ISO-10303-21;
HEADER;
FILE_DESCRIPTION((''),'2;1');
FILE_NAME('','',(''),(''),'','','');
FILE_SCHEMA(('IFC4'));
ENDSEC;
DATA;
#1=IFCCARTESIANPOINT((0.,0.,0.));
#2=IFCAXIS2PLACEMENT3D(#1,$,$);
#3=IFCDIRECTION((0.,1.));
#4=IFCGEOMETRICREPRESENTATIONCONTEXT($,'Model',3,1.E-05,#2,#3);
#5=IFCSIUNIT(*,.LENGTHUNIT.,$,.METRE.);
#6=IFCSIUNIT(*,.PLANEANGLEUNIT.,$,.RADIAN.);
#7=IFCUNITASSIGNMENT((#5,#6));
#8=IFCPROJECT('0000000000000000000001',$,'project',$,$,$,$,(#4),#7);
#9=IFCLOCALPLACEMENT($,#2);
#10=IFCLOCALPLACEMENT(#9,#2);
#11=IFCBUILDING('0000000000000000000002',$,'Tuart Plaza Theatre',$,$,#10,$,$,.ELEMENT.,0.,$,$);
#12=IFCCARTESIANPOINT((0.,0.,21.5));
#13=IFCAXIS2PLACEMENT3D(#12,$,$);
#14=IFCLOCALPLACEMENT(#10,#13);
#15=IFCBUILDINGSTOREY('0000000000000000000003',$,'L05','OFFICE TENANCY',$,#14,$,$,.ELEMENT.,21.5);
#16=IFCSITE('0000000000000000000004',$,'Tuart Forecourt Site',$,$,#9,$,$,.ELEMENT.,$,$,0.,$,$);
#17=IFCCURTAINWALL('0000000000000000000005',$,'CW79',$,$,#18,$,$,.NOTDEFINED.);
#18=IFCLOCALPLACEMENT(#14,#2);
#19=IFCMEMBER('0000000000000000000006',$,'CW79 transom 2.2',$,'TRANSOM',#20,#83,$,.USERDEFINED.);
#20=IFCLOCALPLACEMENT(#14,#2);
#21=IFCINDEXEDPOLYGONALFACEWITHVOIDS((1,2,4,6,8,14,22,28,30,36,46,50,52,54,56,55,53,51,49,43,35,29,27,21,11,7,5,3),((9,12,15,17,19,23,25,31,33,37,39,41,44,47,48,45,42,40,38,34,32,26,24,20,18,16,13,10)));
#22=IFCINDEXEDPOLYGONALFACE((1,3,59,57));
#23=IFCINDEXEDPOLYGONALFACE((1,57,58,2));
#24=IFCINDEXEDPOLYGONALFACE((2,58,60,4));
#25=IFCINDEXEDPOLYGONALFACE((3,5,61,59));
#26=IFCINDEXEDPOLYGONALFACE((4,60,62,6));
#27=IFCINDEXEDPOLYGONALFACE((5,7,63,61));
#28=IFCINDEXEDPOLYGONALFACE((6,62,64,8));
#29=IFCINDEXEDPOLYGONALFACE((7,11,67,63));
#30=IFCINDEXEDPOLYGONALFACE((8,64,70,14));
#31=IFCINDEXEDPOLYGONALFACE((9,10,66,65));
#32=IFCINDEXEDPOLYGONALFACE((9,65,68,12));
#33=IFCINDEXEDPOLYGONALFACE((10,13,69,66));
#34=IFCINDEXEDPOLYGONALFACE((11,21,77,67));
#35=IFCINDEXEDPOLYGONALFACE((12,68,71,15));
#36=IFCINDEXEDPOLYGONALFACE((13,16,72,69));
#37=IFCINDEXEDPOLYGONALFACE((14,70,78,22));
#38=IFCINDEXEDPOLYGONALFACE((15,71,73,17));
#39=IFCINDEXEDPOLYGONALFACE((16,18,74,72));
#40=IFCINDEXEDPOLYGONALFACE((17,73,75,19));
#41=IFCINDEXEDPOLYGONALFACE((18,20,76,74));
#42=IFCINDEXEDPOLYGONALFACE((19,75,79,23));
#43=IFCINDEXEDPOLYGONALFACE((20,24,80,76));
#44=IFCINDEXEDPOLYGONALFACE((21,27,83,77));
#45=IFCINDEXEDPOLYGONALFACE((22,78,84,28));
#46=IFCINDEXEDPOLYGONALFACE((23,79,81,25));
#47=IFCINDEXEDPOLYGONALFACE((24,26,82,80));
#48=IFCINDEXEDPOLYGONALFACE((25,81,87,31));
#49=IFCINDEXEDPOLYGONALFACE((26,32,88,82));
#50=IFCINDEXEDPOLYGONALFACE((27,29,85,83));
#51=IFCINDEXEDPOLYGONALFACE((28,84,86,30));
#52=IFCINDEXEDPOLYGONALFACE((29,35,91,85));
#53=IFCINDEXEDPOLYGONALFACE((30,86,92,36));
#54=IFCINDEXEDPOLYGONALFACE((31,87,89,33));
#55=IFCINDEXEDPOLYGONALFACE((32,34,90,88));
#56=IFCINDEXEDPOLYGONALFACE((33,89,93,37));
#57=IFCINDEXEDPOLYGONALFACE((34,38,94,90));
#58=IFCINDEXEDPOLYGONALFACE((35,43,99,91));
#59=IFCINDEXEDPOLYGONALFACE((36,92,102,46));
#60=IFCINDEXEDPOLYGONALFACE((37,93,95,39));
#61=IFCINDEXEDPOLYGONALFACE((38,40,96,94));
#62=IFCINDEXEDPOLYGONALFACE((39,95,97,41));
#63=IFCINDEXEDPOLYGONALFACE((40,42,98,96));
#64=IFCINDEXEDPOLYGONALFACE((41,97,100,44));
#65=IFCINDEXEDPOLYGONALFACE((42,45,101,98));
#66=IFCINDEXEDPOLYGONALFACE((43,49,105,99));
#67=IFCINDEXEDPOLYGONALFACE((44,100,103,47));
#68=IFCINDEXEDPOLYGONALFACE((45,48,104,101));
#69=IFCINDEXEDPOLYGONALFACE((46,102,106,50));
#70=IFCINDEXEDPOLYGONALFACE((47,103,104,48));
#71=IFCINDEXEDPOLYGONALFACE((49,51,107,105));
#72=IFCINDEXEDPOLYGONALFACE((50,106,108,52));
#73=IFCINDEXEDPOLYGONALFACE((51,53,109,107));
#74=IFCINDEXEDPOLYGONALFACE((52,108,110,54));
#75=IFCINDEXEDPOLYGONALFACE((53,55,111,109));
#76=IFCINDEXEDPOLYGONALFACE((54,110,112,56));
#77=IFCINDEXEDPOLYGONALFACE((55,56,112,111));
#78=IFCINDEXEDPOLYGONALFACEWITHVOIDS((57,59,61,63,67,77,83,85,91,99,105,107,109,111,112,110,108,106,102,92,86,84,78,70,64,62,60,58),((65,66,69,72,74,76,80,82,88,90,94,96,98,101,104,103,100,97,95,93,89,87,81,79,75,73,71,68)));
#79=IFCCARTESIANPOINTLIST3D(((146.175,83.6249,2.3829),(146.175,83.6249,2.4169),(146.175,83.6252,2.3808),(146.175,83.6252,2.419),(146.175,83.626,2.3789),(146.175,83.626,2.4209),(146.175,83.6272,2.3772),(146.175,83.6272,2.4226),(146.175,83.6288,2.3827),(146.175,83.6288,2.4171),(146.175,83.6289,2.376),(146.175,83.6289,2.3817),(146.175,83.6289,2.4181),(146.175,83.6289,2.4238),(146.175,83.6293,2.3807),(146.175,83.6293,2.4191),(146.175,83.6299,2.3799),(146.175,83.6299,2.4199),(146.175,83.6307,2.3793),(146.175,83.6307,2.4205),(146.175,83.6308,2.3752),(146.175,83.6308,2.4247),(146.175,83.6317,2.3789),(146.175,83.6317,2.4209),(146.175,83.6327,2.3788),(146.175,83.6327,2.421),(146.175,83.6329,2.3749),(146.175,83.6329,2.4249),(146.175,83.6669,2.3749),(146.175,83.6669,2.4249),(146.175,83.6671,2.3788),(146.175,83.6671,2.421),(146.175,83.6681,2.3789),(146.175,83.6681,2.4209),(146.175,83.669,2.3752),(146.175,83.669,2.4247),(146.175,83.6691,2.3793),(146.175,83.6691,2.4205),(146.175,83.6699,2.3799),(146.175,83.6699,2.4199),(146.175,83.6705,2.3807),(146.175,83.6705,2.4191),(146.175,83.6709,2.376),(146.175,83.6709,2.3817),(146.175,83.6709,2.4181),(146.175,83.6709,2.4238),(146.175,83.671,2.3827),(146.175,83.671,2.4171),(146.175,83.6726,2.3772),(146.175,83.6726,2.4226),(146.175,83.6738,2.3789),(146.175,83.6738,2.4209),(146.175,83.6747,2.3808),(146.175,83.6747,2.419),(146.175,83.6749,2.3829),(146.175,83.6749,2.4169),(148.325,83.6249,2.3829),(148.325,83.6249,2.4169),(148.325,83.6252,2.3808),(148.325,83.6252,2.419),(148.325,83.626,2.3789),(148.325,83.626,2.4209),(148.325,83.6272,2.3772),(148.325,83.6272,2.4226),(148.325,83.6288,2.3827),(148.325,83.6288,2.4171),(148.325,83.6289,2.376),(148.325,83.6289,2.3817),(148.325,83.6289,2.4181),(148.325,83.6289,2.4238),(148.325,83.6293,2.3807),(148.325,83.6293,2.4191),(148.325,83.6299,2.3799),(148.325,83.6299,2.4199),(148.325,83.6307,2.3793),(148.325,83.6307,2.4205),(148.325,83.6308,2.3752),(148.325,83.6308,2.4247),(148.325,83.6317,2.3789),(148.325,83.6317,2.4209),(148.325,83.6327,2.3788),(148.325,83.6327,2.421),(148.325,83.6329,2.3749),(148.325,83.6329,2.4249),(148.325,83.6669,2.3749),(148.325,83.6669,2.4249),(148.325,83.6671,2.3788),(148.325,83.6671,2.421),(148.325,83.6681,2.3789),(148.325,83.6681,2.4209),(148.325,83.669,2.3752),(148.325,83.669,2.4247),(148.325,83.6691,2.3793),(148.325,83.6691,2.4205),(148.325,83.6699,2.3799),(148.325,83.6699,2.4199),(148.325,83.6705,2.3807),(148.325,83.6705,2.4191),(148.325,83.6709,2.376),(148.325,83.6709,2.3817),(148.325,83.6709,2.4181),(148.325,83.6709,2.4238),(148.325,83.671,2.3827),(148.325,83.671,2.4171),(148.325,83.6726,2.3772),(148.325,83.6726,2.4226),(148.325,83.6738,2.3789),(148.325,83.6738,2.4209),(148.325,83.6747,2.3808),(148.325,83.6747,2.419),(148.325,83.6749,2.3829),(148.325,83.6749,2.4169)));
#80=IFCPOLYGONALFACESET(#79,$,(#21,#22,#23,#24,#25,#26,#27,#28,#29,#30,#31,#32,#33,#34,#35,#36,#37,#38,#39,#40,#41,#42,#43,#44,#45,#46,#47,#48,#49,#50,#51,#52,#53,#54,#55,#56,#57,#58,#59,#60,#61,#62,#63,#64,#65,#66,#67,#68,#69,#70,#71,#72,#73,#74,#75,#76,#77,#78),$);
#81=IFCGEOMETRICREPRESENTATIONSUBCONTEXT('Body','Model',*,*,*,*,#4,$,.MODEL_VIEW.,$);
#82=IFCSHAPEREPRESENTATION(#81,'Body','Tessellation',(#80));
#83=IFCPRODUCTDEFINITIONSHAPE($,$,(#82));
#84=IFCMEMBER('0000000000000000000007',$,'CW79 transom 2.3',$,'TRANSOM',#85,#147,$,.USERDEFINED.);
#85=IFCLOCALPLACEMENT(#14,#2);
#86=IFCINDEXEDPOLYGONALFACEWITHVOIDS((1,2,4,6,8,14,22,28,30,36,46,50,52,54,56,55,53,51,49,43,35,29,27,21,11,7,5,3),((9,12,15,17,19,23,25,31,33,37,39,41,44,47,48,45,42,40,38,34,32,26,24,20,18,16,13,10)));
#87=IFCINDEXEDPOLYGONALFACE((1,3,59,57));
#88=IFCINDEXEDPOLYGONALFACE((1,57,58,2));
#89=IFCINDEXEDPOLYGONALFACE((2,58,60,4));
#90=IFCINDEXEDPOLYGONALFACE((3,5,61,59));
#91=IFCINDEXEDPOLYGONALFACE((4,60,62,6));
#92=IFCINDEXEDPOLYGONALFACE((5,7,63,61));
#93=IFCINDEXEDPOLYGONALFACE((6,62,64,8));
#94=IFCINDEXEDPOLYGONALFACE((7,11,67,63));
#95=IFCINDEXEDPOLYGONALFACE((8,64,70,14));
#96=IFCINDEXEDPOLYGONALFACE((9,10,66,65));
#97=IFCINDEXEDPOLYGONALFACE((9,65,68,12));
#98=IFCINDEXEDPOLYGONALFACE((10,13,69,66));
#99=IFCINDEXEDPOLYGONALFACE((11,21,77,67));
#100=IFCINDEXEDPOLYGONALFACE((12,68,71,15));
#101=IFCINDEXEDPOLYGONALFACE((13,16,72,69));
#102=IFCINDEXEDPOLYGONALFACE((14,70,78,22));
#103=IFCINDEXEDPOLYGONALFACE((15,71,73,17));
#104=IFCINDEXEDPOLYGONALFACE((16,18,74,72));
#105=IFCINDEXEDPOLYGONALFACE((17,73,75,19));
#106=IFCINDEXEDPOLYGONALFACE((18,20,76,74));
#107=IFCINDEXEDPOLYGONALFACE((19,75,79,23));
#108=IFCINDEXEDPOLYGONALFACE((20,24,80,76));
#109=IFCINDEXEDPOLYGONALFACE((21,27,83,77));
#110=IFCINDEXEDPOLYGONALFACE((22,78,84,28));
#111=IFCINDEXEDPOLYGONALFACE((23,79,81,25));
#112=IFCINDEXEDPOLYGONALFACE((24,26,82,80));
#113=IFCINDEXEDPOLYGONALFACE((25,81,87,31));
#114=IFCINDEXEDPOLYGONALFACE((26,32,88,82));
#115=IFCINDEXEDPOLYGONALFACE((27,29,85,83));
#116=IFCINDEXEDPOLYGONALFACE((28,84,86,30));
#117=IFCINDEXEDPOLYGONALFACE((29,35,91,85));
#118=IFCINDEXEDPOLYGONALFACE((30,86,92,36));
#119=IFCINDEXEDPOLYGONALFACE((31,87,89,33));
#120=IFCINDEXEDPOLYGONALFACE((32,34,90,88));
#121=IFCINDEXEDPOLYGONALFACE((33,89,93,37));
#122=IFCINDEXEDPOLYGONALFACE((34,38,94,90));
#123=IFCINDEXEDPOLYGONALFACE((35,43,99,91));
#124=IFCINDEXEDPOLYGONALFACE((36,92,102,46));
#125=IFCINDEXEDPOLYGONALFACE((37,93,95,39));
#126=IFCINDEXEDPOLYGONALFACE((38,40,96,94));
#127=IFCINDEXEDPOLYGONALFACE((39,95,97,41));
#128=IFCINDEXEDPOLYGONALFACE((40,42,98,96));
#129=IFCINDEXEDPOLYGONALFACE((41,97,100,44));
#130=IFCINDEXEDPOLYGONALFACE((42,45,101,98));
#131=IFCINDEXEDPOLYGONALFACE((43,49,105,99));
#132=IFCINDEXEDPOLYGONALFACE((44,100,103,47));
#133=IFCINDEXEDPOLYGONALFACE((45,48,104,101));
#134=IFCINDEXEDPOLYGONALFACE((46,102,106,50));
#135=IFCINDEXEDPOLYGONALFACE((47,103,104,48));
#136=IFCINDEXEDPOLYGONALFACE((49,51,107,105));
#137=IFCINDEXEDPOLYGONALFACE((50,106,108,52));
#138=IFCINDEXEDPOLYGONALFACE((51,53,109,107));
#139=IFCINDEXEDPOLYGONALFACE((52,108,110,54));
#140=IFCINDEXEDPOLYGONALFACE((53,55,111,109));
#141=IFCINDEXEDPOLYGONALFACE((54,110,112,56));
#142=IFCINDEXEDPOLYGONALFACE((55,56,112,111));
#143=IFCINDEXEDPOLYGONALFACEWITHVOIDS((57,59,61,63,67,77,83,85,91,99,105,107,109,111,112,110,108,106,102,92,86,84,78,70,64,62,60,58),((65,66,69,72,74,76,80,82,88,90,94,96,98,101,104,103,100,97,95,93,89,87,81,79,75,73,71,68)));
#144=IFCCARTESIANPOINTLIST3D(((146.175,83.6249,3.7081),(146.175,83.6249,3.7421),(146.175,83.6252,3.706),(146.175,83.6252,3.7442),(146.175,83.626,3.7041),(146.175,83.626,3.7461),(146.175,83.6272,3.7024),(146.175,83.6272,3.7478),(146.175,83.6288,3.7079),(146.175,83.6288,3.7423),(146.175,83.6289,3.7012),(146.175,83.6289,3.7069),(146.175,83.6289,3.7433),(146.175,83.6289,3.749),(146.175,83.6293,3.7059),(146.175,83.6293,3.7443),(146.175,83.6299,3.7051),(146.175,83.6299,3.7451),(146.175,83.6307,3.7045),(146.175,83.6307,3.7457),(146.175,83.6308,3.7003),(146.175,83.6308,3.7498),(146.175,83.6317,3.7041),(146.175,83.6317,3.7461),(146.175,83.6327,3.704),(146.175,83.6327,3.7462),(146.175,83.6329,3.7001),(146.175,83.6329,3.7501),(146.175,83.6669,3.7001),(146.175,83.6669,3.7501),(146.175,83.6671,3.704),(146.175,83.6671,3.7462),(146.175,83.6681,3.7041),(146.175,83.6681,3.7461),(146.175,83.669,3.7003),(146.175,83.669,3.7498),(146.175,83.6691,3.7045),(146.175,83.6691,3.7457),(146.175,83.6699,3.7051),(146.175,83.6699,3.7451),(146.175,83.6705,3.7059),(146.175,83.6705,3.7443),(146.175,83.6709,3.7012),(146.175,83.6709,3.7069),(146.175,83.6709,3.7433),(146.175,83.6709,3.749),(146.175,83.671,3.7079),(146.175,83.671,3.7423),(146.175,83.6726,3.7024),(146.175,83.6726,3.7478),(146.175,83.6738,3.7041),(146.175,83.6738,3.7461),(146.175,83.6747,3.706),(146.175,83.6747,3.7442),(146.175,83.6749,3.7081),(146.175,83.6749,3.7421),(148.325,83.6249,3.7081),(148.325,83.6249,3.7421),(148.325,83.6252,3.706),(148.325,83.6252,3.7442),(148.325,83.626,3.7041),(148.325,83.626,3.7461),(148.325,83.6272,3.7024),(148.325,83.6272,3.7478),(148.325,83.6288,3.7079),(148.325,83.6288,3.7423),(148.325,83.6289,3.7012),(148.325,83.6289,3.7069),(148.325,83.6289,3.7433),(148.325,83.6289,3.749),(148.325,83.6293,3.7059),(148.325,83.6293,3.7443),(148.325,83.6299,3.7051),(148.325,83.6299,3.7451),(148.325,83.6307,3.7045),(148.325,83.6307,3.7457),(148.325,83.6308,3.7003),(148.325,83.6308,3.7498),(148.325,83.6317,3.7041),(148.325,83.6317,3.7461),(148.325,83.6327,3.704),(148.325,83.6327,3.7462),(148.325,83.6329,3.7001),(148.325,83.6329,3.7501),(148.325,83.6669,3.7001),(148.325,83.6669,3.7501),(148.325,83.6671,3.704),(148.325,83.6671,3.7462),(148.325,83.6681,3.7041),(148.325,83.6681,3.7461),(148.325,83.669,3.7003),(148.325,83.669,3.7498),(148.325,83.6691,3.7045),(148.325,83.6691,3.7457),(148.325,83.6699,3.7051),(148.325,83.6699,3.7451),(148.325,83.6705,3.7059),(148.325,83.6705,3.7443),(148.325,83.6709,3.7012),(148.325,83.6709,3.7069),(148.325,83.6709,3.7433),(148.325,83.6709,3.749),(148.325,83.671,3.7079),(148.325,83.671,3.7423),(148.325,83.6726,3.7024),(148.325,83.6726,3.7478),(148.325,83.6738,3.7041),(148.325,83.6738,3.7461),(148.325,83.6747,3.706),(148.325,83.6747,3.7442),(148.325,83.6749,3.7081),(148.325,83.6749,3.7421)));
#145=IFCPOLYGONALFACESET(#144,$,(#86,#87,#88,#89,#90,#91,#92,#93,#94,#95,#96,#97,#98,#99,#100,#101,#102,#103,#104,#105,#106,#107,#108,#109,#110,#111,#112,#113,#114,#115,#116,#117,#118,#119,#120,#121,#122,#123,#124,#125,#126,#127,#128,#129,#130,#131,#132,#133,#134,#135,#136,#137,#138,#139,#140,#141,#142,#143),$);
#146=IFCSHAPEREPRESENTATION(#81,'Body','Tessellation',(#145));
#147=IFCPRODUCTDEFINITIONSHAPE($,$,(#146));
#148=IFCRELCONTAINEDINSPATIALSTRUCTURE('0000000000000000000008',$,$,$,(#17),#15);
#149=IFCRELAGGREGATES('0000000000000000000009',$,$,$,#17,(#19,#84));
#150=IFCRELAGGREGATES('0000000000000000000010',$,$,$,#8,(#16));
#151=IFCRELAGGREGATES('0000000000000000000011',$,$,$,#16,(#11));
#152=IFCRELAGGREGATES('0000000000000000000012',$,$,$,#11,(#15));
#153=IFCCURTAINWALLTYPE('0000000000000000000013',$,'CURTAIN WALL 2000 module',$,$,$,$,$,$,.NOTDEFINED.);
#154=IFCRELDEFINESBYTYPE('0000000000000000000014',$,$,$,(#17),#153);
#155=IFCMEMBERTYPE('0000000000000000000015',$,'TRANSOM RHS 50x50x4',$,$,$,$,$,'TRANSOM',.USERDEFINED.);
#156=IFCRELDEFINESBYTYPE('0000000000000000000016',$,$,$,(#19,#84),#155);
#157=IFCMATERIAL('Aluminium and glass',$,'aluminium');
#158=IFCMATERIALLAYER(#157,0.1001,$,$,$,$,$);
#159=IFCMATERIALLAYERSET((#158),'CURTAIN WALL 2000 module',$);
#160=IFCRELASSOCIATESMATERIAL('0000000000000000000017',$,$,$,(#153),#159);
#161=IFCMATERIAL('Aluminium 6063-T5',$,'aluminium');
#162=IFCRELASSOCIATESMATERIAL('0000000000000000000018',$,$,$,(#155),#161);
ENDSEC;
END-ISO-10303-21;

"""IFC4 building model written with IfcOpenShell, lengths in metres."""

from ifc_helpers import new_model, si_unit, direction, frame, origin, origin_2d, place, context, subcontext, project, spatial, hollow_rectangle, extrude, material, layer, layer_set, material_profile, profile_set, type_object, element, aggregate, save


model = new_model("IFC4")

# Units and contexts
model_context = context("Model", 3, precision=1e-05, world=origin(), true_north=direction((0.0, 1.0)))
body_context = subcontext(model_context, "Body", "Model", "MODEL_VIEW")
ifc_project = project(units=[si_unit("LENGTHUNIT", "METRE"), si_unit("PLANEANGLEUNIT", "RADIAN")], contexts=[model_context])

# Site, building, storey
site_placement = place(None, origin())
site = spatial("IfcSite", under=ifc_project, at=site_placement, Name="Tuart Forecourt Site", CompositionType="ELEMENT", RefElevation=0.0)
building_placement = place(site_placement, origin())
building = spatial("IfcBuilding", under=site, at=building_placement, Name="Tuart Plaza Theatre", CompositionType="ELEMENT", ElevationOfRefHeight=0.0)
storey_placement = place(building_placement, frame((0.0, 0.0, 21.5)))
storey = spatial("IfcBuildingStorey", under=building, at=storey_placement, Name="L05", Description="OFFICE TENANCY", CompositionType="ELEMENT", Elevation=21.5)

# Shared definitions
ifc_material_1 = material(Name="Aluminium and glass", Category="aluminium")
ifc_layer_1 = layer(ifc_material_1, 0.1001)
ifc_layer_set_1 = layer_set([ifc_layer_1], Name="CURTAIN WALL 2000 module")
curtain_wall_type = type_object("IfcCurtainWallType", Name="CURTAIN WALL 2000 module", PredefinedType="NOTDEFINED", material=ifc_layer_set_1)

# Curtain wall
curtain_wall_1_placement = place(storey_placement, origin())
curtain_wall_1 = element("IfcCurtainWall", 1, at=curtain_wall_1_placement, inside=storey, type_object=curtain_wall_type, Name="CW79", PredefinedType="NOTDEFINED")

# Members
ifc_material_2 = material(Name="Aluminium 6063-T5", Category="aluminium")
ifc_material_profile_1 = material_profile(ifc_material_2, hollow_rectangle(XDim=0.05, YDim=0.05, WallThickness=0.0039, InnerFilletRadius=0.0039, OuterFilletRadius=0.0081, at=origin_2d()), Name="RHS 50x50x4")
ifc_profile_set_1 = profile_set([ifc_material_profile_1], Name="Aluminium 6063-T5")
member_type_1 = type_object("IfcMemberType", Name="TRANSOM RHS 50x50x4", ElementType="TRANSOM", PredefinedType="USERDEFINED", material=ifc_profile_set_1)
member_1_placement = place(storey_placement, frame((148.325, 83.6499, 2.3999), z_axis=(-1.0, 0.0, 0.0), x_axis=(0.0, -1.0, 0.0)))
member_1 = element("IfcMember", 2, at=member_1_placement, type_object=member_type_1, Name="CW79 transom 2.2", ObjectType="TRANSOM", PredefinedType="USERDEFINED", context=body_context, shape_type="SweptSolid", body=[
    extrude(hollow_rectangle(XDim=0.05, YDim=0.05, WallThickness=0.0039, InnerFilletRadius=0.0039, OuterFilletRadius=0.0081, at=origin_2d()), origin(), (0.0, 0.0, 1.0), 2.1499),
])
member_2_placement = place(storey_placement, frame((148.325, 83.6499, 3.7251), z_axis=(-1.0, 0.0, 0.0), x_axis=(0.0, -1.0, 0.0)))
member_2 = element("IfcMember", 3, at=member_2_placement, type_object=member_type_1, Name="CW79 transom 2.3", ObjectType="TRANSOM", PredefinedType="USERDEFINED", context=body_context, shape_type="SweptSolid", body=[
    extrude(hollow_rectangle(XDim=0.05, YDim=0.05, WallThickness=0.0039, InnerFilletRadius=0.0039, OuterFilletRadius=0.0081, at=origin_2d()), origin(), (0.0, 0.0, 1.0), 2.1499),
])

aggregate(curtain_wall_1, [member_1, member_2])

save(model, "model.ifc")
